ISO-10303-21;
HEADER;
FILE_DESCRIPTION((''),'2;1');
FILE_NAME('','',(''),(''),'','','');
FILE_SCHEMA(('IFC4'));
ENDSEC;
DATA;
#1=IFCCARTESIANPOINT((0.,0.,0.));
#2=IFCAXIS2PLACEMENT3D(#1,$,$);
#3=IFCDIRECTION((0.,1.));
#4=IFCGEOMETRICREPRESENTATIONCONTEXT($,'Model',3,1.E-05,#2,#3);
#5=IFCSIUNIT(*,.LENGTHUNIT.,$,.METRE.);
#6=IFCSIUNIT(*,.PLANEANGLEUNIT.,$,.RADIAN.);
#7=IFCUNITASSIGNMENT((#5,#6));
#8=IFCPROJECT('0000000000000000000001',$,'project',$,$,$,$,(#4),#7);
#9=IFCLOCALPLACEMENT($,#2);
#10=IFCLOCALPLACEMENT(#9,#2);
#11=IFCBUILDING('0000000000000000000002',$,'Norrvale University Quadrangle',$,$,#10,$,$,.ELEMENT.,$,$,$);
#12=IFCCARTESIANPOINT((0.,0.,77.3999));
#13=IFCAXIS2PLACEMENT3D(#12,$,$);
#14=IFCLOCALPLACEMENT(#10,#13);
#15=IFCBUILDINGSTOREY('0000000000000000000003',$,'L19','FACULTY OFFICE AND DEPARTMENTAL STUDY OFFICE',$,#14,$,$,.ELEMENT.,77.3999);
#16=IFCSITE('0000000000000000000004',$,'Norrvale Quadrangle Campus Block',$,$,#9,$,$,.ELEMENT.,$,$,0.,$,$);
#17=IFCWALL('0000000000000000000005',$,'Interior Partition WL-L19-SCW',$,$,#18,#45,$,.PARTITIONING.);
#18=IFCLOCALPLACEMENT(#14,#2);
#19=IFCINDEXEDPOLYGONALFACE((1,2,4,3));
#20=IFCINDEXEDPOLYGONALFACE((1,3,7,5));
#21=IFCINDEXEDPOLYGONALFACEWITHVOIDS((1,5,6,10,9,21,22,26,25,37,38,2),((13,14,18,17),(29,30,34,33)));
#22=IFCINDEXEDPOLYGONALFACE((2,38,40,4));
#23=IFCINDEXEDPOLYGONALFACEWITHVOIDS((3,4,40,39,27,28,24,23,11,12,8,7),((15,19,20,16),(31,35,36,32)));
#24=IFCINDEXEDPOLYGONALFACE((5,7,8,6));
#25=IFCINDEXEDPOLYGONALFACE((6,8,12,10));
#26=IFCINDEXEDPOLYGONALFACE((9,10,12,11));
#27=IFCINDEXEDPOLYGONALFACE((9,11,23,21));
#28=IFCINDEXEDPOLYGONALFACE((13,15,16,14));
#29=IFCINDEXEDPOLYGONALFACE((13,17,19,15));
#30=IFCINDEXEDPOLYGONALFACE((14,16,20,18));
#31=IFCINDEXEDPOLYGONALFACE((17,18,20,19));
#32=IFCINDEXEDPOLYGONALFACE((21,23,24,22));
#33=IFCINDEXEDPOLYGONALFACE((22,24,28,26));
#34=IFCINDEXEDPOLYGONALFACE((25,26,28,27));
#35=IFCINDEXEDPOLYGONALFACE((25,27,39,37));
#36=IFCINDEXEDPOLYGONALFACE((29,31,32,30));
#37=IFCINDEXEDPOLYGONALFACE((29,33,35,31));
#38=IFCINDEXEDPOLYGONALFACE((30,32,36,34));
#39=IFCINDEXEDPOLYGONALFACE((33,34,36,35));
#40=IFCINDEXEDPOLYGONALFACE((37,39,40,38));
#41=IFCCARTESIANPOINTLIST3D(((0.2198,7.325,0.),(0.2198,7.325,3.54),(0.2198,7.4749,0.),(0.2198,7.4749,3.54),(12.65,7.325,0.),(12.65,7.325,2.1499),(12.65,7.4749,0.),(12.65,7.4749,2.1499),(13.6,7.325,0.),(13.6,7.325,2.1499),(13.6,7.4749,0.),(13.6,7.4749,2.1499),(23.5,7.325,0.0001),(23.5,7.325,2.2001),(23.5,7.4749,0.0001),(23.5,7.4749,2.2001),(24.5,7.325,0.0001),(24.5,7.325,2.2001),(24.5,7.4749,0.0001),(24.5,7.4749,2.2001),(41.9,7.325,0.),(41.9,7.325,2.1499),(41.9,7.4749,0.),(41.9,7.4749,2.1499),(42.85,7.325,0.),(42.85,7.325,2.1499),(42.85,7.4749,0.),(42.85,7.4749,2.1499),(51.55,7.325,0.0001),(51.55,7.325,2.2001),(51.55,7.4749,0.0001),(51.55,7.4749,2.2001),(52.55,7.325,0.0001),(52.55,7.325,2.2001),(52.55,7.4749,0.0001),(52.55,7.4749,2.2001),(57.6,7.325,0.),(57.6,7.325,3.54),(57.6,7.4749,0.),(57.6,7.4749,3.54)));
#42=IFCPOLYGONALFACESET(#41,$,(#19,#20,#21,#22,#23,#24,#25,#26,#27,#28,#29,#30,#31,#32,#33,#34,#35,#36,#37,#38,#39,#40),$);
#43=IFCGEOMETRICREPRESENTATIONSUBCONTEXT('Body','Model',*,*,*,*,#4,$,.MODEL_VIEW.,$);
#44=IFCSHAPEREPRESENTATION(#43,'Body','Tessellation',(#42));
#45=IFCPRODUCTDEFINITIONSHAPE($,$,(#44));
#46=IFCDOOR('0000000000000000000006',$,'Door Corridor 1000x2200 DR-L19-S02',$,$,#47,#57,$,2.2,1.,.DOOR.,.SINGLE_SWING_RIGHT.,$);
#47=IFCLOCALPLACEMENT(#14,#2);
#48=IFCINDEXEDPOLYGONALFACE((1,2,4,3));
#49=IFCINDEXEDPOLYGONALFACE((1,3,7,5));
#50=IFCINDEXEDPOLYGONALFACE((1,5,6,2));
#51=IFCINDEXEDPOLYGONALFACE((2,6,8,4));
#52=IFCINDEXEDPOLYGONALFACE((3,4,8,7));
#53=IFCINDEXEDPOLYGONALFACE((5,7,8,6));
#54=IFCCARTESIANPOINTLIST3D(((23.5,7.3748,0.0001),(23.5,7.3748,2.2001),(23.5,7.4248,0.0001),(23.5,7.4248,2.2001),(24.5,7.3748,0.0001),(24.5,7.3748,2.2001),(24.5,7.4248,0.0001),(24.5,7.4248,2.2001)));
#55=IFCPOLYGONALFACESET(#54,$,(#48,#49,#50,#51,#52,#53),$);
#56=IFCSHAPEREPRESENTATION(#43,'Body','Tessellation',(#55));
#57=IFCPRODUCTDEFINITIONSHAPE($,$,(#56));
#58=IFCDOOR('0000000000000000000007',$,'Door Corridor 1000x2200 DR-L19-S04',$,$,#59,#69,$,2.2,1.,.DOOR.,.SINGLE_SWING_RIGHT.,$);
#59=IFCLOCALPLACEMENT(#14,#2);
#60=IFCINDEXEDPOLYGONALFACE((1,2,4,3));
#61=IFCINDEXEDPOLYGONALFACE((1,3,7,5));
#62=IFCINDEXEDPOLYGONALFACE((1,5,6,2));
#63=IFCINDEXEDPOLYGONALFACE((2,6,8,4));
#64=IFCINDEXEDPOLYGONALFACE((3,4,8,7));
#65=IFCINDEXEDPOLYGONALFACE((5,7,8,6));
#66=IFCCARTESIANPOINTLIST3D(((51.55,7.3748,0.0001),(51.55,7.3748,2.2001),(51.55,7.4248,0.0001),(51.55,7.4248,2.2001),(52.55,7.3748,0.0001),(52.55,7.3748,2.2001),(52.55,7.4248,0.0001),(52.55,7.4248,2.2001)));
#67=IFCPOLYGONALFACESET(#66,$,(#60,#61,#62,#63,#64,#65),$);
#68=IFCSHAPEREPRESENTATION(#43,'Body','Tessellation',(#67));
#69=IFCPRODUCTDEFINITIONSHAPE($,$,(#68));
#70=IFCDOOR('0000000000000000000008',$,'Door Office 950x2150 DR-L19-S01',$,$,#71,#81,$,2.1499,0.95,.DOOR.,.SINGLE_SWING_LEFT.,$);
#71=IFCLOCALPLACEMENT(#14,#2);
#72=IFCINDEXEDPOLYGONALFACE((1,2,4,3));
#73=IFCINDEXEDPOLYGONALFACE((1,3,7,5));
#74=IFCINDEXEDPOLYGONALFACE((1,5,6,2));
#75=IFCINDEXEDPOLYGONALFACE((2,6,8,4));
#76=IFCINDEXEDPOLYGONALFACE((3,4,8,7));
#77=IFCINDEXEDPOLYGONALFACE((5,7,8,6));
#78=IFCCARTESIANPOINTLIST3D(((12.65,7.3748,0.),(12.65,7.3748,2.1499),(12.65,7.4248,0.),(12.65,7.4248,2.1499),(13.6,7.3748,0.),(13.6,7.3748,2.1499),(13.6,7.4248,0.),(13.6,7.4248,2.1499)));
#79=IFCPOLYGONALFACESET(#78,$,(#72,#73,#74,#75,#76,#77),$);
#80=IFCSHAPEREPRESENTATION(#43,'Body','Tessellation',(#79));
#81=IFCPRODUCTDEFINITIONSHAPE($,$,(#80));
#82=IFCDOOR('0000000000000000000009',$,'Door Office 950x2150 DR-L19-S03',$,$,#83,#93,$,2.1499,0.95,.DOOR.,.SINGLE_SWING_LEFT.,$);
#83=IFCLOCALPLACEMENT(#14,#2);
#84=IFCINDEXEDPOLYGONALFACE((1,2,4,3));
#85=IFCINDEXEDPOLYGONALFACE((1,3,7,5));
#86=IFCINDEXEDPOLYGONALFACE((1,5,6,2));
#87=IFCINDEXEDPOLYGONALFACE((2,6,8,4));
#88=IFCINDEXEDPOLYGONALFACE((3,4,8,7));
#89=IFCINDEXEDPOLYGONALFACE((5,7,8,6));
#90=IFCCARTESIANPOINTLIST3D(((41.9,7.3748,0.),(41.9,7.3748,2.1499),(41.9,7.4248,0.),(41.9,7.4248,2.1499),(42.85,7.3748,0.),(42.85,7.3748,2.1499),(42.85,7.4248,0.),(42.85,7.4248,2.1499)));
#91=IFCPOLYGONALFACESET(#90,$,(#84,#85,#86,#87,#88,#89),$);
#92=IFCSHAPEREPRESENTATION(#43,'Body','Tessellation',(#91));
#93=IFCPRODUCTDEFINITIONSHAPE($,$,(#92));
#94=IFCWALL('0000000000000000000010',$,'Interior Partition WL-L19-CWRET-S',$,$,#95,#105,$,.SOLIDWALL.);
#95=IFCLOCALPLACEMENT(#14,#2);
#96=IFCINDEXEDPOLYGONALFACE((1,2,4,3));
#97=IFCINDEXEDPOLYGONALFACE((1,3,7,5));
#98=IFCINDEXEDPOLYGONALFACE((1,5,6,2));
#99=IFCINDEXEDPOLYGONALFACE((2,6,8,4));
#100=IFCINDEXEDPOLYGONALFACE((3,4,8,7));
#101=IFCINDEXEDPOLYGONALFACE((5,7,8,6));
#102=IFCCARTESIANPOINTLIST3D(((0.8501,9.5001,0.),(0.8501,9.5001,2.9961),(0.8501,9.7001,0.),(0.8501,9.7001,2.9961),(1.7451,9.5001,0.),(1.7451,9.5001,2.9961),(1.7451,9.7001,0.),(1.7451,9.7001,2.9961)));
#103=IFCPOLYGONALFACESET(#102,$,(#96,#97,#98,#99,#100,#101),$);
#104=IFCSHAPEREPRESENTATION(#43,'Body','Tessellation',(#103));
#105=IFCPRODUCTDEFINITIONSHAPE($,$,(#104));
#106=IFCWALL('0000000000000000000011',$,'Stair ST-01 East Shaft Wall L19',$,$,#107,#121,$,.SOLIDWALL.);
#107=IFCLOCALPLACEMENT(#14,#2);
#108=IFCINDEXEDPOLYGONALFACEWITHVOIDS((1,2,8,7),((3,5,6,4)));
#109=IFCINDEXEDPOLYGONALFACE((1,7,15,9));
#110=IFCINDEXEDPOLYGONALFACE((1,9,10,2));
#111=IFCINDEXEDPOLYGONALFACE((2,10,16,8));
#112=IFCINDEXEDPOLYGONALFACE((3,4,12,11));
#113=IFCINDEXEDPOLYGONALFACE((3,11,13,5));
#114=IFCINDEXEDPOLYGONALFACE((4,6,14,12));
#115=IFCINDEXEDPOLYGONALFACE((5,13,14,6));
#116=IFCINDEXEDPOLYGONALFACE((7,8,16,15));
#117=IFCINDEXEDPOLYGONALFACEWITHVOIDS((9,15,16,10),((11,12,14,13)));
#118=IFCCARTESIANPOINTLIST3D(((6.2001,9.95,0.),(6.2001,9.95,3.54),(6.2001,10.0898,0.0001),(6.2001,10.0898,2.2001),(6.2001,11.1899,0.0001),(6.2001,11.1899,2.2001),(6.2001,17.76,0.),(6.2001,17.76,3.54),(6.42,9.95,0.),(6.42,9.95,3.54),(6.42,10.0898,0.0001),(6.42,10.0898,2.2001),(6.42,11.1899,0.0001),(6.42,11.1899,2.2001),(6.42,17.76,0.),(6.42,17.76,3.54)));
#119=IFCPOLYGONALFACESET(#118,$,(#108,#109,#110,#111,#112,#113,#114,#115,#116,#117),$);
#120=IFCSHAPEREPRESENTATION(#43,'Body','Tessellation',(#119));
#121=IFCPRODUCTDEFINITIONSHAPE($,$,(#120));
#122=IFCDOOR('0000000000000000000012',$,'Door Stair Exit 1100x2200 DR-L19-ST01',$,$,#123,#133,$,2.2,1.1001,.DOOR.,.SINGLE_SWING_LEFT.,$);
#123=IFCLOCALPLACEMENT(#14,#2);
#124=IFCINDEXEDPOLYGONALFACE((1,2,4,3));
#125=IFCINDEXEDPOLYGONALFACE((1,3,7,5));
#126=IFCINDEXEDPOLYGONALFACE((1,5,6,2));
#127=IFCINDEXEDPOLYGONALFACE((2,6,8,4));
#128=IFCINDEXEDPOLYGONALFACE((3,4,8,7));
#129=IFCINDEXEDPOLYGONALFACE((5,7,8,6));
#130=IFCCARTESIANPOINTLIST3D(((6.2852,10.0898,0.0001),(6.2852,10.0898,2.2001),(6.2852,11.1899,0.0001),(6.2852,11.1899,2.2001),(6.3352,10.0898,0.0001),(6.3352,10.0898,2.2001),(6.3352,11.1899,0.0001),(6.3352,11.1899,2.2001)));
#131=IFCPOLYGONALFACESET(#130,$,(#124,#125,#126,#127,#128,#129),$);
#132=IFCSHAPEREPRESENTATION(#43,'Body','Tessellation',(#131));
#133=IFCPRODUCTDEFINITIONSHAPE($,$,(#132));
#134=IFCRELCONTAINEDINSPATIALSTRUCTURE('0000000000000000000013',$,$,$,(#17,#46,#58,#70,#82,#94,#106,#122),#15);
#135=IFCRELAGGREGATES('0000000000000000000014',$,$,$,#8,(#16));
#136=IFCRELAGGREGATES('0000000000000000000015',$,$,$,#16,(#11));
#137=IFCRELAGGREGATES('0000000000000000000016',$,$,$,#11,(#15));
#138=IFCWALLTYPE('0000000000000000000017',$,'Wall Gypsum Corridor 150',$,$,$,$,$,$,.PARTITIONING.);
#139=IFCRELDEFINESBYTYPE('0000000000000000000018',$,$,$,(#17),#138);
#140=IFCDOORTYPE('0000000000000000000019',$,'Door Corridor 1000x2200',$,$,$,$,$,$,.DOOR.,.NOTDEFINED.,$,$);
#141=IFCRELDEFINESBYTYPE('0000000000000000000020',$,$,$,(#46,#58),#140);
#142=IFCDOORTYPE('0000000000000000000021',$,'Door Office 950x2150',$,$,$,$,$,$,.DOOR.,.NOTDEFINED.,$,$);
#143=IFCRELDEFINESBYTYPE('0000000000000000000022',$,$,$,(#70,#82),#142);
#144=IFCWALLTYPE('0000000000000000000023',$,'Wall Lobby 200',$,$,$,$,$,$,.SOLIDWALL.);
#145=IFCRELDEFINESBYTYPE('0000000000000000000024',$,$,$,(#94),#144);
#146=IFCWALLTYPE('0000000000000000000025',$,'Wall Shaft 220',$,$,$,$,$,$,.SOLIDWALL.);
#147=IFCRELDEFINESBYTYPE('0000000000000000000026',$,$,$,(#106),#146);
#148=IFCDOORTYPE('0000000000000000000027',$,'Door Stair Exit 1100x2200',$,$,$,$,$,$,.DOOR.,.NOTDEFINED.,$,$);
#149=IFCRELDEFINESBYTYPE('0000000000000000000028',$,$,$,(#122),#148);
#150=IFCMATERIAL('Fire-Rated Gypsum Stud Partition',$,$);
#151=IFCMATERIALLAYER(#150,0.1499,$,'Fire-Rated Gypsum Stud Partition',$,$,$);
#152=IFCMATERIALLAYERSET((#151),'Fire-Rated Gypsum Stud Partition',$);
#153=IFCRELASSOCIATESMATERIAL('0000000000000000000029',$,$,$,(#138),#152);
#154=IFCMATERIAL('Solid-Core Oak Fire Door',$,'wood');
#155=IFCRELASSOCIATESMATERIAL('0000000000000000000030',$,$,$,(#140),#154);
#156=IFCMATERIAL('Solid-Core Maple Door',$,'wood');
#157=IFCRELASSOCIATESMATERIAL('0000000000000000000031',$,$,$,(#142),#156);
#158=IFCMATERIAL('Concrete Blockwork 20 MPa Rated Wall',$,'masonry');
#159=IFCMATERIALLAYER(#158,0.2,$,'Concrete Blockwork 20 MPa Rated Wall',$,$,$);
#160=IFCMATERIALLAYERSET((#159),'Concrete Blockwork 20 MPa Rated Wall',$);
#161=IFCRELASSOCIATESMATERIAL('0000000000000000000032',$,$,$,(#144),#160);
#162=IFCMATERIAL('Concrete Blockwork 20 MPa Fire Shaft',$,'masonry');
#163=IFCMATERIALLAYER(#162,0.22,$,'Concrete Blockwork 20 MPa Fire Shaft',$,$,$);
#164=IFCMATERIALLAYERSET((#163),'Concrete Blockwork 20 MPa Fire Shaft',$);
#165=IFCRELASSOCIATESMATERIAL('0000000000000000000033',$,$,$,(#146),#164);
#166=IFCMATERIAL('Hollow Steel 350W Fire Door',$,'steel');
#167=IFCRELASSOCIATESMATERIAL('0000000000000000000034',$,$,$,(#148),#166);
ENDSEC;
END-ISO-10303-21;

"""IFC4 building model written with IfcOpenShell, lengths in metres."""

from ifc_helpers import new_model, si_unit, direction, frame, frame_2d, origin, place, context, subcontext, project, spatial, rectangle, extrude, material, layer, layer_set, type_object, element, fill, save


model = new_model("IFC4")

# Units and contexts
model_context = context("Model", 3, precision=1e-05, world=origin(), true_north=direction((0.0, 1.0)))
body_context = subcontext(model_context, "Body", "Model", "MODEL_VIEW")
ifc_project = project(units=[si_unit("LENGTHUNIT", "METRE"), si_unit("PLANEANGLEUNIT", "RADIAN")], contexts=[model_context])

# Site, building, storey
site_placement = place(None, origin())
site = spatial("IfcSite", under=ifc_project, at=site_placement, Name="Norrvale Quadrangle Campus Block", CompositionType="ELEMENT", RefElevation=0.0)
building_placement = place(site_placement, origin())
building = spatial("IfcBuilding", under=site, at=building_placement, Name="Norrvale University Quadrangle", CompositionType="ELEMENT")
storey_placement = place(building_placement, frame((0.0, 0.0, 77.3999)))
storey = spatial("IfcBuildingStorey", under=building, at=storey_placement, Name="L19", Description="FACULTY OFFICE AND DEPARTMENTAL STUDY OFFICE", CompositionType="ELEMENT", Elevation=77.3999)

# Wall, openings, doors
ifc_material_1 = material(Name="Fire-Rated Gypsum Stud Partition")
ifc_layer_1 = layer(ifc_material_1, 0.1499, Name="Fire-Rated Gypsum Stud Partition")
ifc_layer_set_1 = layer_set([ifc_layer_1], Name="Fire-Rated Gypsum Stud Partition")
wall_type_1 = type_object("IfcWallType", Name="Wall Gypsum Corridor 150", PredefinedType="PARTITIONING", material=ifc_layer_set_1)
wall_1_placement = place(storey_placement, frame((0.22, 7.3999, 0.0), z_axis=(0.0, 0.0, 1.0), x_axis=(1.0, 0.0, 0.0)))
wall_1 = element("IfcWall", 1, at=wall_1_placement, inside=storey, type_object=wall_type_1, Name="Interior Partition WL-L19-SCW", PredefinedType="PARTITIONING", context=body_context, shape_type="SweptSolid", body=[
    extrude(rectangle(XDim=57.3801, YDim=0.1499, at=frame_2d((28.6899, 0.0))), origin(), (0.0, 0.0, 1.0), 3.54),
])
opening_1_placement = place(wall_1_placement, frame((12.4299, 0.0, 0.0)))
opening_1 = element("IfcOpeningElement", 2, at=opening_1_placement, cuts=wall_1, PredefinedType="OPENING", context=body_context, shape_type="SweptSolid", body=[
    extrude(rectangle(XDim=0.95, YDim=2.1499, at=frame_2d((0.4751, 1.075))), frame((0.0, 0.0869, 0.0), z_axis=(0.0, -1.0, 0.0), x_axis=(1.0, 0.0, 0.0)), (0.0, 0.0, 1.0), 0.1738),
])
opening_2_placement = place(wall_1_placement, frame((23.28, 0.0, 0.0)))
opening_2 = element("IfcOpeningElement", 3, at=opening_2_placement, cuts=wall_1, PredefinedType="OPENING", context=body_context, shape_type="SweptSolid", body=[
    extrude(rectangle(XDim=1.0, YDim=2.2, at=frame_2d((0.5, 1.1001))), frame((0.0, 0.0869, 0.0), z_axis=(0.0, -1.0, 0.0), x_axis=(1.0, 0.0, 0.0)), (0.0, 0.0, 1.0), 0.1738),
])
opening_3_placement = place(wall_1_placement, frame((41.6799, 0.0, 0.0)))
opening_3 = element("IfcOpeningElement", 4, at=opening_3_placement, cuts=wall_1, PredefinedType="OPENING", context=body_context, shape_type="SweptSolid", body=[
    extrude(rectangle(XDim=0.95, YDim=2.1499, at=frame_2d((0.4751, 1.075))), frame((0.0, 0.0869, 0.0), z_axis=(0.0, -1.0, 0.0), x_axis=(1.0, 0.0, 0.0)), (0.0, 0.0, 1.0), 0.1738),
])
opening_4_placement = place(wall_1_placement, frame((51.3301, 0.0, 0.0)))
opening_4 = element("IfcOpeningElement", 5, at=opening_4_placement, cuts=wall_1, PredefinedType="OPENING", context=body_context, shape_type="SweptSolid", body=[
    extrude(rectangle(XDim=1.0, YDim=2.2, at=frame_2d((0.5, 1.1001))), frame((0.0, 0.0869, 0.0), z_axis=(0.0, -1.0, 0.0), x_axis=(1.0, 0.0, 0.0)), (0.0, 0.0, 1.0), 0.1738),
])
ifc_material_2 = material(Name="Solid-Core Oak Fire Door", Category="wood")
door_type_1 = type_object("IfcDoorType", Name="Door Corridor 1000x2200", OperationType="NOTDEFINED", PredefinedType="DOOR", material=ifc_material_2)
door_1_placement = place(opening_2_placement, origin())
door_1 = element("IfcDoor", 6, at=door_1_placement, inside=storey, type_object=door_type_1, Name="Door Corridor 1000x2200 DR-L19-S02", OperationType="SINGLE_SWING_RIGHT", OverallHeight=2.2, OverallWidth=1.0, PredefinedType="DOOR", context=body_context, shape_type="SweptSolid", body=[
    extrude(rectangle(XDim=1.0, YDim=2.2, at=frame_2d((0.5, 1.1001))), frame((0.0, 0.0249, 0.0), z_axis=(0.0, -1.0, 0.0), x_axis=(1.0, 0.0, 0.0)), (0.0, 0.0, 1.0), 0.05),
])
fill(opening_2, door_1)
door_2_placement = place(opening_4_placement, origin())
door_2 = element("IfcDoor", 7, at=door_2_placement, inside=storey, type_object=door_type_1, Name="Door Corridor 1000x2200 DR-L19-S04", OperationType="SINGLE_SWING_RIGHT", OverallHeight=2.2, OverallWidth=1.0, PredefinedType="DOOR", context=body_context, shape_type="SweptSolid", body=[
    extrude(rectangle(XDim=1.0, YDim=2.2, at=frame_2d((0.5, 1.1001))), frame((0.0, 0.0249, 0.0), z_axis=(0.0, -1.0, 0.0), x_axis=(1.0, 0.0, 0.0)), (0.0, 0.0, 1.0), 0.05),
])
fill(opening_4, door_2)
ifc_material_3 = material(Name="Solid-Core Maple Door", Category="wood")
door_type_2 = type_object("IfcDoorType", Name="Door Office 950x2150", OperationType="NOTDEFINED", PredefinedType="DOOR", material=ifc_material_3)
door_3_placement = place(opening_1_placement, origin())
door_3 = element("IfcDoor", 8, at=door_3_placement, inside=storey, type_object=door_type_2, Name="Door Office 950x2150 DR-L19-S01", OperationType="SINGLE_SWING_LEFT", OverallHeight=2.1499, OverallWidth=0.95, PredefinedType="DOOR", context=body_context, shape_type="SweptSolid", body=[
    extrude(rectangle(XDim=0.95, YDim=2.1499, at=frame_2d((0.4751, 1.075))), frame((0.0, 0.0249, 0.0), z_axis=(0.0, -1.0, 0.0), x_axis=(1.0, 0.0, 0.0)), (0.0, 0.0, 1.0), 0.05),
])
fill(opening_1, door_3)
door_4_placement = place(opening_3_placement, origin())
door_4 = element("IfcDoor", 9, at=door_4_placement, inside=storey, type_object=door_type_2, Name="Door Office 950x2150 DR-L19-S03", OperationType="SINGLE_SWING_LEFT", OverallHeight=2.1499, OverallWidth=0.95, PredefinedType="DOOR", context=body_context, shape_type="SweptSolid", body=[
    extrude(rectangle(XDim=0.95, YDim=2.1499, at=frame_2d((0.4751, 1.075))), frame((0.0, 0.0249, 0.0), z_axis=(0.0, -1.0, 0.0), x_axis=(1.0, 0.0, 0.0)), (0.0, 0.0, 1.0), 0.05),
])
fill(opening_3, door_4)

# Wall
ifc_material_4 = material(Name="Concrete Blockwork 20 MPa Rated Wall", Category="masonry")
ifc_layer_2 = layer(ifc_material_4, 0.2, Name="Concrete Blockwork 20 MPa Rated Wall")
ifc_layer_set_2 = layer_set([ifc_layer_2], Name="Concrete Blockwork 20 MPa Rated Wall")
wall_type_2 = type_object("IfcWallType", Name="Wall Lobby 200", PredefinedType="SOLIDWALL", material=ifc_layer_set_2)
wall_2_placement = place(storey_placement, frame((0.8501, 9.6001, 0.0), z_axis=(0.0, 0.0, 1.0), x_axis=(1.0, 0.0, 0.0)))
element("IfcWall", 10, at=wall_2_placement, inside=storey, type_object=wall_type_2, Name="Interior Partition WL-L19-CWRET-S", PredefinedType="SOLIDWALL", context=body_context, shape_type="SweptSolid", body=[
    extrude(rectangle(XDim=0.895, YDim=0.2, at=frame_2d((0.4475, 0.0))), origin(), (0.0, 0.0, 1.0), 2.9961),
])

# Wall, opening, door
ifc_material_5 = material(Name="Concrete Blockwork 20 MPa Fire Shaft", Category="masonry")
ifc_layer_3 = layer(ifc_material_5, 0.22, Name="Concrete Blockwork 20 MPa Fire Shaft")
ifc_layer_set_3 = layer_set([ifc_layer_3], Name="Concrete Blockwork 20 MPa Fire Shaft")
wall_type_3 = type_object("IfcWallType", Name="Wall Shaft 220", PredefinedType="SOLIDWALL", material=ifc_layer_set_3)
wall_3_placement = place(storey_placement, frame((6.3101, 9.95, 0.0), z_axis=(0.0, 0.0, 1.0), x_axis=(0.0, 1.0, 0.0)))
wall_3 = element("IfcWall", 11, at=wall_3_placement, inside=storey, type_object=wall_type_3, Name="Stair ST-01 East Shaft Wall L19", PredefinedType="SOLIDWALL", context=body_context, shape_type="SweptSolid", body=[
    extrude(rectangle(XDim=7.8101, YDim=0.22, at=frame_2d((3.905, 0.0))), origin(), (0.0, 0.0, 1.0), 3.54),
])
opening_5_placement = place(wall_3_placement, frame((0.1399, 0.0, 0.0)))
opening_5 = element("IfcOpeningElement", 12, at=opening_5_placement, cuts=wall_3, PredefinedType="OPENING", context=body_context, shape_type="SweptSolid", body=[
    extrude(rectangle(XDim=1.1001, YDim=2.2, at=frame_2d((0.55, 1.1001))), frame((0.0, 0.1221, 0.0), z_axis=(0.0, -1.0, 0.0), x_axis=(1.0, 0.0, 0.0)), (0.0, 0.0, 1.0), 0.2439),
])
ifc_material_6 = material(Name="Hollow Steel 350W Fire Door", Category="steel")
door_type_3 = type_object("IfcDoorType", Name="Door Stair Exit 1100x2200", OperationType="NOTDEFINED", PredefinedType="DOOR", material=ifc_material_6)
door_5_placement = place(opening_5_placement, origin())
door_5 = element("IfcDoor", 13, at=door_5_placement, inside=storey, type_object=door_type_3, Name="Door Stair Exit 1100x2200 DR-L19-ST01", OperationType="SINGLE_SWING_LEFT", OverallHeight=2.2, OverallWidth=1.1001, PredefinedType="DOOR", context=body_context, shape_type="SweptSolid", body=[
    extrude(rectangle(XDim=1.1001, YDim=2.2, at=frame_2d((0.55, 1.1001))), frame((0.0, 0.0249, 0.0), z_axis=(0.0, -1.0, 0.0), x_axis=(1.0, 0.0, 0.0)), (0.0, 0.0, 1.0), 0.05),
])
fill(opening_5, door_5)

save(model, "model.ifc")
